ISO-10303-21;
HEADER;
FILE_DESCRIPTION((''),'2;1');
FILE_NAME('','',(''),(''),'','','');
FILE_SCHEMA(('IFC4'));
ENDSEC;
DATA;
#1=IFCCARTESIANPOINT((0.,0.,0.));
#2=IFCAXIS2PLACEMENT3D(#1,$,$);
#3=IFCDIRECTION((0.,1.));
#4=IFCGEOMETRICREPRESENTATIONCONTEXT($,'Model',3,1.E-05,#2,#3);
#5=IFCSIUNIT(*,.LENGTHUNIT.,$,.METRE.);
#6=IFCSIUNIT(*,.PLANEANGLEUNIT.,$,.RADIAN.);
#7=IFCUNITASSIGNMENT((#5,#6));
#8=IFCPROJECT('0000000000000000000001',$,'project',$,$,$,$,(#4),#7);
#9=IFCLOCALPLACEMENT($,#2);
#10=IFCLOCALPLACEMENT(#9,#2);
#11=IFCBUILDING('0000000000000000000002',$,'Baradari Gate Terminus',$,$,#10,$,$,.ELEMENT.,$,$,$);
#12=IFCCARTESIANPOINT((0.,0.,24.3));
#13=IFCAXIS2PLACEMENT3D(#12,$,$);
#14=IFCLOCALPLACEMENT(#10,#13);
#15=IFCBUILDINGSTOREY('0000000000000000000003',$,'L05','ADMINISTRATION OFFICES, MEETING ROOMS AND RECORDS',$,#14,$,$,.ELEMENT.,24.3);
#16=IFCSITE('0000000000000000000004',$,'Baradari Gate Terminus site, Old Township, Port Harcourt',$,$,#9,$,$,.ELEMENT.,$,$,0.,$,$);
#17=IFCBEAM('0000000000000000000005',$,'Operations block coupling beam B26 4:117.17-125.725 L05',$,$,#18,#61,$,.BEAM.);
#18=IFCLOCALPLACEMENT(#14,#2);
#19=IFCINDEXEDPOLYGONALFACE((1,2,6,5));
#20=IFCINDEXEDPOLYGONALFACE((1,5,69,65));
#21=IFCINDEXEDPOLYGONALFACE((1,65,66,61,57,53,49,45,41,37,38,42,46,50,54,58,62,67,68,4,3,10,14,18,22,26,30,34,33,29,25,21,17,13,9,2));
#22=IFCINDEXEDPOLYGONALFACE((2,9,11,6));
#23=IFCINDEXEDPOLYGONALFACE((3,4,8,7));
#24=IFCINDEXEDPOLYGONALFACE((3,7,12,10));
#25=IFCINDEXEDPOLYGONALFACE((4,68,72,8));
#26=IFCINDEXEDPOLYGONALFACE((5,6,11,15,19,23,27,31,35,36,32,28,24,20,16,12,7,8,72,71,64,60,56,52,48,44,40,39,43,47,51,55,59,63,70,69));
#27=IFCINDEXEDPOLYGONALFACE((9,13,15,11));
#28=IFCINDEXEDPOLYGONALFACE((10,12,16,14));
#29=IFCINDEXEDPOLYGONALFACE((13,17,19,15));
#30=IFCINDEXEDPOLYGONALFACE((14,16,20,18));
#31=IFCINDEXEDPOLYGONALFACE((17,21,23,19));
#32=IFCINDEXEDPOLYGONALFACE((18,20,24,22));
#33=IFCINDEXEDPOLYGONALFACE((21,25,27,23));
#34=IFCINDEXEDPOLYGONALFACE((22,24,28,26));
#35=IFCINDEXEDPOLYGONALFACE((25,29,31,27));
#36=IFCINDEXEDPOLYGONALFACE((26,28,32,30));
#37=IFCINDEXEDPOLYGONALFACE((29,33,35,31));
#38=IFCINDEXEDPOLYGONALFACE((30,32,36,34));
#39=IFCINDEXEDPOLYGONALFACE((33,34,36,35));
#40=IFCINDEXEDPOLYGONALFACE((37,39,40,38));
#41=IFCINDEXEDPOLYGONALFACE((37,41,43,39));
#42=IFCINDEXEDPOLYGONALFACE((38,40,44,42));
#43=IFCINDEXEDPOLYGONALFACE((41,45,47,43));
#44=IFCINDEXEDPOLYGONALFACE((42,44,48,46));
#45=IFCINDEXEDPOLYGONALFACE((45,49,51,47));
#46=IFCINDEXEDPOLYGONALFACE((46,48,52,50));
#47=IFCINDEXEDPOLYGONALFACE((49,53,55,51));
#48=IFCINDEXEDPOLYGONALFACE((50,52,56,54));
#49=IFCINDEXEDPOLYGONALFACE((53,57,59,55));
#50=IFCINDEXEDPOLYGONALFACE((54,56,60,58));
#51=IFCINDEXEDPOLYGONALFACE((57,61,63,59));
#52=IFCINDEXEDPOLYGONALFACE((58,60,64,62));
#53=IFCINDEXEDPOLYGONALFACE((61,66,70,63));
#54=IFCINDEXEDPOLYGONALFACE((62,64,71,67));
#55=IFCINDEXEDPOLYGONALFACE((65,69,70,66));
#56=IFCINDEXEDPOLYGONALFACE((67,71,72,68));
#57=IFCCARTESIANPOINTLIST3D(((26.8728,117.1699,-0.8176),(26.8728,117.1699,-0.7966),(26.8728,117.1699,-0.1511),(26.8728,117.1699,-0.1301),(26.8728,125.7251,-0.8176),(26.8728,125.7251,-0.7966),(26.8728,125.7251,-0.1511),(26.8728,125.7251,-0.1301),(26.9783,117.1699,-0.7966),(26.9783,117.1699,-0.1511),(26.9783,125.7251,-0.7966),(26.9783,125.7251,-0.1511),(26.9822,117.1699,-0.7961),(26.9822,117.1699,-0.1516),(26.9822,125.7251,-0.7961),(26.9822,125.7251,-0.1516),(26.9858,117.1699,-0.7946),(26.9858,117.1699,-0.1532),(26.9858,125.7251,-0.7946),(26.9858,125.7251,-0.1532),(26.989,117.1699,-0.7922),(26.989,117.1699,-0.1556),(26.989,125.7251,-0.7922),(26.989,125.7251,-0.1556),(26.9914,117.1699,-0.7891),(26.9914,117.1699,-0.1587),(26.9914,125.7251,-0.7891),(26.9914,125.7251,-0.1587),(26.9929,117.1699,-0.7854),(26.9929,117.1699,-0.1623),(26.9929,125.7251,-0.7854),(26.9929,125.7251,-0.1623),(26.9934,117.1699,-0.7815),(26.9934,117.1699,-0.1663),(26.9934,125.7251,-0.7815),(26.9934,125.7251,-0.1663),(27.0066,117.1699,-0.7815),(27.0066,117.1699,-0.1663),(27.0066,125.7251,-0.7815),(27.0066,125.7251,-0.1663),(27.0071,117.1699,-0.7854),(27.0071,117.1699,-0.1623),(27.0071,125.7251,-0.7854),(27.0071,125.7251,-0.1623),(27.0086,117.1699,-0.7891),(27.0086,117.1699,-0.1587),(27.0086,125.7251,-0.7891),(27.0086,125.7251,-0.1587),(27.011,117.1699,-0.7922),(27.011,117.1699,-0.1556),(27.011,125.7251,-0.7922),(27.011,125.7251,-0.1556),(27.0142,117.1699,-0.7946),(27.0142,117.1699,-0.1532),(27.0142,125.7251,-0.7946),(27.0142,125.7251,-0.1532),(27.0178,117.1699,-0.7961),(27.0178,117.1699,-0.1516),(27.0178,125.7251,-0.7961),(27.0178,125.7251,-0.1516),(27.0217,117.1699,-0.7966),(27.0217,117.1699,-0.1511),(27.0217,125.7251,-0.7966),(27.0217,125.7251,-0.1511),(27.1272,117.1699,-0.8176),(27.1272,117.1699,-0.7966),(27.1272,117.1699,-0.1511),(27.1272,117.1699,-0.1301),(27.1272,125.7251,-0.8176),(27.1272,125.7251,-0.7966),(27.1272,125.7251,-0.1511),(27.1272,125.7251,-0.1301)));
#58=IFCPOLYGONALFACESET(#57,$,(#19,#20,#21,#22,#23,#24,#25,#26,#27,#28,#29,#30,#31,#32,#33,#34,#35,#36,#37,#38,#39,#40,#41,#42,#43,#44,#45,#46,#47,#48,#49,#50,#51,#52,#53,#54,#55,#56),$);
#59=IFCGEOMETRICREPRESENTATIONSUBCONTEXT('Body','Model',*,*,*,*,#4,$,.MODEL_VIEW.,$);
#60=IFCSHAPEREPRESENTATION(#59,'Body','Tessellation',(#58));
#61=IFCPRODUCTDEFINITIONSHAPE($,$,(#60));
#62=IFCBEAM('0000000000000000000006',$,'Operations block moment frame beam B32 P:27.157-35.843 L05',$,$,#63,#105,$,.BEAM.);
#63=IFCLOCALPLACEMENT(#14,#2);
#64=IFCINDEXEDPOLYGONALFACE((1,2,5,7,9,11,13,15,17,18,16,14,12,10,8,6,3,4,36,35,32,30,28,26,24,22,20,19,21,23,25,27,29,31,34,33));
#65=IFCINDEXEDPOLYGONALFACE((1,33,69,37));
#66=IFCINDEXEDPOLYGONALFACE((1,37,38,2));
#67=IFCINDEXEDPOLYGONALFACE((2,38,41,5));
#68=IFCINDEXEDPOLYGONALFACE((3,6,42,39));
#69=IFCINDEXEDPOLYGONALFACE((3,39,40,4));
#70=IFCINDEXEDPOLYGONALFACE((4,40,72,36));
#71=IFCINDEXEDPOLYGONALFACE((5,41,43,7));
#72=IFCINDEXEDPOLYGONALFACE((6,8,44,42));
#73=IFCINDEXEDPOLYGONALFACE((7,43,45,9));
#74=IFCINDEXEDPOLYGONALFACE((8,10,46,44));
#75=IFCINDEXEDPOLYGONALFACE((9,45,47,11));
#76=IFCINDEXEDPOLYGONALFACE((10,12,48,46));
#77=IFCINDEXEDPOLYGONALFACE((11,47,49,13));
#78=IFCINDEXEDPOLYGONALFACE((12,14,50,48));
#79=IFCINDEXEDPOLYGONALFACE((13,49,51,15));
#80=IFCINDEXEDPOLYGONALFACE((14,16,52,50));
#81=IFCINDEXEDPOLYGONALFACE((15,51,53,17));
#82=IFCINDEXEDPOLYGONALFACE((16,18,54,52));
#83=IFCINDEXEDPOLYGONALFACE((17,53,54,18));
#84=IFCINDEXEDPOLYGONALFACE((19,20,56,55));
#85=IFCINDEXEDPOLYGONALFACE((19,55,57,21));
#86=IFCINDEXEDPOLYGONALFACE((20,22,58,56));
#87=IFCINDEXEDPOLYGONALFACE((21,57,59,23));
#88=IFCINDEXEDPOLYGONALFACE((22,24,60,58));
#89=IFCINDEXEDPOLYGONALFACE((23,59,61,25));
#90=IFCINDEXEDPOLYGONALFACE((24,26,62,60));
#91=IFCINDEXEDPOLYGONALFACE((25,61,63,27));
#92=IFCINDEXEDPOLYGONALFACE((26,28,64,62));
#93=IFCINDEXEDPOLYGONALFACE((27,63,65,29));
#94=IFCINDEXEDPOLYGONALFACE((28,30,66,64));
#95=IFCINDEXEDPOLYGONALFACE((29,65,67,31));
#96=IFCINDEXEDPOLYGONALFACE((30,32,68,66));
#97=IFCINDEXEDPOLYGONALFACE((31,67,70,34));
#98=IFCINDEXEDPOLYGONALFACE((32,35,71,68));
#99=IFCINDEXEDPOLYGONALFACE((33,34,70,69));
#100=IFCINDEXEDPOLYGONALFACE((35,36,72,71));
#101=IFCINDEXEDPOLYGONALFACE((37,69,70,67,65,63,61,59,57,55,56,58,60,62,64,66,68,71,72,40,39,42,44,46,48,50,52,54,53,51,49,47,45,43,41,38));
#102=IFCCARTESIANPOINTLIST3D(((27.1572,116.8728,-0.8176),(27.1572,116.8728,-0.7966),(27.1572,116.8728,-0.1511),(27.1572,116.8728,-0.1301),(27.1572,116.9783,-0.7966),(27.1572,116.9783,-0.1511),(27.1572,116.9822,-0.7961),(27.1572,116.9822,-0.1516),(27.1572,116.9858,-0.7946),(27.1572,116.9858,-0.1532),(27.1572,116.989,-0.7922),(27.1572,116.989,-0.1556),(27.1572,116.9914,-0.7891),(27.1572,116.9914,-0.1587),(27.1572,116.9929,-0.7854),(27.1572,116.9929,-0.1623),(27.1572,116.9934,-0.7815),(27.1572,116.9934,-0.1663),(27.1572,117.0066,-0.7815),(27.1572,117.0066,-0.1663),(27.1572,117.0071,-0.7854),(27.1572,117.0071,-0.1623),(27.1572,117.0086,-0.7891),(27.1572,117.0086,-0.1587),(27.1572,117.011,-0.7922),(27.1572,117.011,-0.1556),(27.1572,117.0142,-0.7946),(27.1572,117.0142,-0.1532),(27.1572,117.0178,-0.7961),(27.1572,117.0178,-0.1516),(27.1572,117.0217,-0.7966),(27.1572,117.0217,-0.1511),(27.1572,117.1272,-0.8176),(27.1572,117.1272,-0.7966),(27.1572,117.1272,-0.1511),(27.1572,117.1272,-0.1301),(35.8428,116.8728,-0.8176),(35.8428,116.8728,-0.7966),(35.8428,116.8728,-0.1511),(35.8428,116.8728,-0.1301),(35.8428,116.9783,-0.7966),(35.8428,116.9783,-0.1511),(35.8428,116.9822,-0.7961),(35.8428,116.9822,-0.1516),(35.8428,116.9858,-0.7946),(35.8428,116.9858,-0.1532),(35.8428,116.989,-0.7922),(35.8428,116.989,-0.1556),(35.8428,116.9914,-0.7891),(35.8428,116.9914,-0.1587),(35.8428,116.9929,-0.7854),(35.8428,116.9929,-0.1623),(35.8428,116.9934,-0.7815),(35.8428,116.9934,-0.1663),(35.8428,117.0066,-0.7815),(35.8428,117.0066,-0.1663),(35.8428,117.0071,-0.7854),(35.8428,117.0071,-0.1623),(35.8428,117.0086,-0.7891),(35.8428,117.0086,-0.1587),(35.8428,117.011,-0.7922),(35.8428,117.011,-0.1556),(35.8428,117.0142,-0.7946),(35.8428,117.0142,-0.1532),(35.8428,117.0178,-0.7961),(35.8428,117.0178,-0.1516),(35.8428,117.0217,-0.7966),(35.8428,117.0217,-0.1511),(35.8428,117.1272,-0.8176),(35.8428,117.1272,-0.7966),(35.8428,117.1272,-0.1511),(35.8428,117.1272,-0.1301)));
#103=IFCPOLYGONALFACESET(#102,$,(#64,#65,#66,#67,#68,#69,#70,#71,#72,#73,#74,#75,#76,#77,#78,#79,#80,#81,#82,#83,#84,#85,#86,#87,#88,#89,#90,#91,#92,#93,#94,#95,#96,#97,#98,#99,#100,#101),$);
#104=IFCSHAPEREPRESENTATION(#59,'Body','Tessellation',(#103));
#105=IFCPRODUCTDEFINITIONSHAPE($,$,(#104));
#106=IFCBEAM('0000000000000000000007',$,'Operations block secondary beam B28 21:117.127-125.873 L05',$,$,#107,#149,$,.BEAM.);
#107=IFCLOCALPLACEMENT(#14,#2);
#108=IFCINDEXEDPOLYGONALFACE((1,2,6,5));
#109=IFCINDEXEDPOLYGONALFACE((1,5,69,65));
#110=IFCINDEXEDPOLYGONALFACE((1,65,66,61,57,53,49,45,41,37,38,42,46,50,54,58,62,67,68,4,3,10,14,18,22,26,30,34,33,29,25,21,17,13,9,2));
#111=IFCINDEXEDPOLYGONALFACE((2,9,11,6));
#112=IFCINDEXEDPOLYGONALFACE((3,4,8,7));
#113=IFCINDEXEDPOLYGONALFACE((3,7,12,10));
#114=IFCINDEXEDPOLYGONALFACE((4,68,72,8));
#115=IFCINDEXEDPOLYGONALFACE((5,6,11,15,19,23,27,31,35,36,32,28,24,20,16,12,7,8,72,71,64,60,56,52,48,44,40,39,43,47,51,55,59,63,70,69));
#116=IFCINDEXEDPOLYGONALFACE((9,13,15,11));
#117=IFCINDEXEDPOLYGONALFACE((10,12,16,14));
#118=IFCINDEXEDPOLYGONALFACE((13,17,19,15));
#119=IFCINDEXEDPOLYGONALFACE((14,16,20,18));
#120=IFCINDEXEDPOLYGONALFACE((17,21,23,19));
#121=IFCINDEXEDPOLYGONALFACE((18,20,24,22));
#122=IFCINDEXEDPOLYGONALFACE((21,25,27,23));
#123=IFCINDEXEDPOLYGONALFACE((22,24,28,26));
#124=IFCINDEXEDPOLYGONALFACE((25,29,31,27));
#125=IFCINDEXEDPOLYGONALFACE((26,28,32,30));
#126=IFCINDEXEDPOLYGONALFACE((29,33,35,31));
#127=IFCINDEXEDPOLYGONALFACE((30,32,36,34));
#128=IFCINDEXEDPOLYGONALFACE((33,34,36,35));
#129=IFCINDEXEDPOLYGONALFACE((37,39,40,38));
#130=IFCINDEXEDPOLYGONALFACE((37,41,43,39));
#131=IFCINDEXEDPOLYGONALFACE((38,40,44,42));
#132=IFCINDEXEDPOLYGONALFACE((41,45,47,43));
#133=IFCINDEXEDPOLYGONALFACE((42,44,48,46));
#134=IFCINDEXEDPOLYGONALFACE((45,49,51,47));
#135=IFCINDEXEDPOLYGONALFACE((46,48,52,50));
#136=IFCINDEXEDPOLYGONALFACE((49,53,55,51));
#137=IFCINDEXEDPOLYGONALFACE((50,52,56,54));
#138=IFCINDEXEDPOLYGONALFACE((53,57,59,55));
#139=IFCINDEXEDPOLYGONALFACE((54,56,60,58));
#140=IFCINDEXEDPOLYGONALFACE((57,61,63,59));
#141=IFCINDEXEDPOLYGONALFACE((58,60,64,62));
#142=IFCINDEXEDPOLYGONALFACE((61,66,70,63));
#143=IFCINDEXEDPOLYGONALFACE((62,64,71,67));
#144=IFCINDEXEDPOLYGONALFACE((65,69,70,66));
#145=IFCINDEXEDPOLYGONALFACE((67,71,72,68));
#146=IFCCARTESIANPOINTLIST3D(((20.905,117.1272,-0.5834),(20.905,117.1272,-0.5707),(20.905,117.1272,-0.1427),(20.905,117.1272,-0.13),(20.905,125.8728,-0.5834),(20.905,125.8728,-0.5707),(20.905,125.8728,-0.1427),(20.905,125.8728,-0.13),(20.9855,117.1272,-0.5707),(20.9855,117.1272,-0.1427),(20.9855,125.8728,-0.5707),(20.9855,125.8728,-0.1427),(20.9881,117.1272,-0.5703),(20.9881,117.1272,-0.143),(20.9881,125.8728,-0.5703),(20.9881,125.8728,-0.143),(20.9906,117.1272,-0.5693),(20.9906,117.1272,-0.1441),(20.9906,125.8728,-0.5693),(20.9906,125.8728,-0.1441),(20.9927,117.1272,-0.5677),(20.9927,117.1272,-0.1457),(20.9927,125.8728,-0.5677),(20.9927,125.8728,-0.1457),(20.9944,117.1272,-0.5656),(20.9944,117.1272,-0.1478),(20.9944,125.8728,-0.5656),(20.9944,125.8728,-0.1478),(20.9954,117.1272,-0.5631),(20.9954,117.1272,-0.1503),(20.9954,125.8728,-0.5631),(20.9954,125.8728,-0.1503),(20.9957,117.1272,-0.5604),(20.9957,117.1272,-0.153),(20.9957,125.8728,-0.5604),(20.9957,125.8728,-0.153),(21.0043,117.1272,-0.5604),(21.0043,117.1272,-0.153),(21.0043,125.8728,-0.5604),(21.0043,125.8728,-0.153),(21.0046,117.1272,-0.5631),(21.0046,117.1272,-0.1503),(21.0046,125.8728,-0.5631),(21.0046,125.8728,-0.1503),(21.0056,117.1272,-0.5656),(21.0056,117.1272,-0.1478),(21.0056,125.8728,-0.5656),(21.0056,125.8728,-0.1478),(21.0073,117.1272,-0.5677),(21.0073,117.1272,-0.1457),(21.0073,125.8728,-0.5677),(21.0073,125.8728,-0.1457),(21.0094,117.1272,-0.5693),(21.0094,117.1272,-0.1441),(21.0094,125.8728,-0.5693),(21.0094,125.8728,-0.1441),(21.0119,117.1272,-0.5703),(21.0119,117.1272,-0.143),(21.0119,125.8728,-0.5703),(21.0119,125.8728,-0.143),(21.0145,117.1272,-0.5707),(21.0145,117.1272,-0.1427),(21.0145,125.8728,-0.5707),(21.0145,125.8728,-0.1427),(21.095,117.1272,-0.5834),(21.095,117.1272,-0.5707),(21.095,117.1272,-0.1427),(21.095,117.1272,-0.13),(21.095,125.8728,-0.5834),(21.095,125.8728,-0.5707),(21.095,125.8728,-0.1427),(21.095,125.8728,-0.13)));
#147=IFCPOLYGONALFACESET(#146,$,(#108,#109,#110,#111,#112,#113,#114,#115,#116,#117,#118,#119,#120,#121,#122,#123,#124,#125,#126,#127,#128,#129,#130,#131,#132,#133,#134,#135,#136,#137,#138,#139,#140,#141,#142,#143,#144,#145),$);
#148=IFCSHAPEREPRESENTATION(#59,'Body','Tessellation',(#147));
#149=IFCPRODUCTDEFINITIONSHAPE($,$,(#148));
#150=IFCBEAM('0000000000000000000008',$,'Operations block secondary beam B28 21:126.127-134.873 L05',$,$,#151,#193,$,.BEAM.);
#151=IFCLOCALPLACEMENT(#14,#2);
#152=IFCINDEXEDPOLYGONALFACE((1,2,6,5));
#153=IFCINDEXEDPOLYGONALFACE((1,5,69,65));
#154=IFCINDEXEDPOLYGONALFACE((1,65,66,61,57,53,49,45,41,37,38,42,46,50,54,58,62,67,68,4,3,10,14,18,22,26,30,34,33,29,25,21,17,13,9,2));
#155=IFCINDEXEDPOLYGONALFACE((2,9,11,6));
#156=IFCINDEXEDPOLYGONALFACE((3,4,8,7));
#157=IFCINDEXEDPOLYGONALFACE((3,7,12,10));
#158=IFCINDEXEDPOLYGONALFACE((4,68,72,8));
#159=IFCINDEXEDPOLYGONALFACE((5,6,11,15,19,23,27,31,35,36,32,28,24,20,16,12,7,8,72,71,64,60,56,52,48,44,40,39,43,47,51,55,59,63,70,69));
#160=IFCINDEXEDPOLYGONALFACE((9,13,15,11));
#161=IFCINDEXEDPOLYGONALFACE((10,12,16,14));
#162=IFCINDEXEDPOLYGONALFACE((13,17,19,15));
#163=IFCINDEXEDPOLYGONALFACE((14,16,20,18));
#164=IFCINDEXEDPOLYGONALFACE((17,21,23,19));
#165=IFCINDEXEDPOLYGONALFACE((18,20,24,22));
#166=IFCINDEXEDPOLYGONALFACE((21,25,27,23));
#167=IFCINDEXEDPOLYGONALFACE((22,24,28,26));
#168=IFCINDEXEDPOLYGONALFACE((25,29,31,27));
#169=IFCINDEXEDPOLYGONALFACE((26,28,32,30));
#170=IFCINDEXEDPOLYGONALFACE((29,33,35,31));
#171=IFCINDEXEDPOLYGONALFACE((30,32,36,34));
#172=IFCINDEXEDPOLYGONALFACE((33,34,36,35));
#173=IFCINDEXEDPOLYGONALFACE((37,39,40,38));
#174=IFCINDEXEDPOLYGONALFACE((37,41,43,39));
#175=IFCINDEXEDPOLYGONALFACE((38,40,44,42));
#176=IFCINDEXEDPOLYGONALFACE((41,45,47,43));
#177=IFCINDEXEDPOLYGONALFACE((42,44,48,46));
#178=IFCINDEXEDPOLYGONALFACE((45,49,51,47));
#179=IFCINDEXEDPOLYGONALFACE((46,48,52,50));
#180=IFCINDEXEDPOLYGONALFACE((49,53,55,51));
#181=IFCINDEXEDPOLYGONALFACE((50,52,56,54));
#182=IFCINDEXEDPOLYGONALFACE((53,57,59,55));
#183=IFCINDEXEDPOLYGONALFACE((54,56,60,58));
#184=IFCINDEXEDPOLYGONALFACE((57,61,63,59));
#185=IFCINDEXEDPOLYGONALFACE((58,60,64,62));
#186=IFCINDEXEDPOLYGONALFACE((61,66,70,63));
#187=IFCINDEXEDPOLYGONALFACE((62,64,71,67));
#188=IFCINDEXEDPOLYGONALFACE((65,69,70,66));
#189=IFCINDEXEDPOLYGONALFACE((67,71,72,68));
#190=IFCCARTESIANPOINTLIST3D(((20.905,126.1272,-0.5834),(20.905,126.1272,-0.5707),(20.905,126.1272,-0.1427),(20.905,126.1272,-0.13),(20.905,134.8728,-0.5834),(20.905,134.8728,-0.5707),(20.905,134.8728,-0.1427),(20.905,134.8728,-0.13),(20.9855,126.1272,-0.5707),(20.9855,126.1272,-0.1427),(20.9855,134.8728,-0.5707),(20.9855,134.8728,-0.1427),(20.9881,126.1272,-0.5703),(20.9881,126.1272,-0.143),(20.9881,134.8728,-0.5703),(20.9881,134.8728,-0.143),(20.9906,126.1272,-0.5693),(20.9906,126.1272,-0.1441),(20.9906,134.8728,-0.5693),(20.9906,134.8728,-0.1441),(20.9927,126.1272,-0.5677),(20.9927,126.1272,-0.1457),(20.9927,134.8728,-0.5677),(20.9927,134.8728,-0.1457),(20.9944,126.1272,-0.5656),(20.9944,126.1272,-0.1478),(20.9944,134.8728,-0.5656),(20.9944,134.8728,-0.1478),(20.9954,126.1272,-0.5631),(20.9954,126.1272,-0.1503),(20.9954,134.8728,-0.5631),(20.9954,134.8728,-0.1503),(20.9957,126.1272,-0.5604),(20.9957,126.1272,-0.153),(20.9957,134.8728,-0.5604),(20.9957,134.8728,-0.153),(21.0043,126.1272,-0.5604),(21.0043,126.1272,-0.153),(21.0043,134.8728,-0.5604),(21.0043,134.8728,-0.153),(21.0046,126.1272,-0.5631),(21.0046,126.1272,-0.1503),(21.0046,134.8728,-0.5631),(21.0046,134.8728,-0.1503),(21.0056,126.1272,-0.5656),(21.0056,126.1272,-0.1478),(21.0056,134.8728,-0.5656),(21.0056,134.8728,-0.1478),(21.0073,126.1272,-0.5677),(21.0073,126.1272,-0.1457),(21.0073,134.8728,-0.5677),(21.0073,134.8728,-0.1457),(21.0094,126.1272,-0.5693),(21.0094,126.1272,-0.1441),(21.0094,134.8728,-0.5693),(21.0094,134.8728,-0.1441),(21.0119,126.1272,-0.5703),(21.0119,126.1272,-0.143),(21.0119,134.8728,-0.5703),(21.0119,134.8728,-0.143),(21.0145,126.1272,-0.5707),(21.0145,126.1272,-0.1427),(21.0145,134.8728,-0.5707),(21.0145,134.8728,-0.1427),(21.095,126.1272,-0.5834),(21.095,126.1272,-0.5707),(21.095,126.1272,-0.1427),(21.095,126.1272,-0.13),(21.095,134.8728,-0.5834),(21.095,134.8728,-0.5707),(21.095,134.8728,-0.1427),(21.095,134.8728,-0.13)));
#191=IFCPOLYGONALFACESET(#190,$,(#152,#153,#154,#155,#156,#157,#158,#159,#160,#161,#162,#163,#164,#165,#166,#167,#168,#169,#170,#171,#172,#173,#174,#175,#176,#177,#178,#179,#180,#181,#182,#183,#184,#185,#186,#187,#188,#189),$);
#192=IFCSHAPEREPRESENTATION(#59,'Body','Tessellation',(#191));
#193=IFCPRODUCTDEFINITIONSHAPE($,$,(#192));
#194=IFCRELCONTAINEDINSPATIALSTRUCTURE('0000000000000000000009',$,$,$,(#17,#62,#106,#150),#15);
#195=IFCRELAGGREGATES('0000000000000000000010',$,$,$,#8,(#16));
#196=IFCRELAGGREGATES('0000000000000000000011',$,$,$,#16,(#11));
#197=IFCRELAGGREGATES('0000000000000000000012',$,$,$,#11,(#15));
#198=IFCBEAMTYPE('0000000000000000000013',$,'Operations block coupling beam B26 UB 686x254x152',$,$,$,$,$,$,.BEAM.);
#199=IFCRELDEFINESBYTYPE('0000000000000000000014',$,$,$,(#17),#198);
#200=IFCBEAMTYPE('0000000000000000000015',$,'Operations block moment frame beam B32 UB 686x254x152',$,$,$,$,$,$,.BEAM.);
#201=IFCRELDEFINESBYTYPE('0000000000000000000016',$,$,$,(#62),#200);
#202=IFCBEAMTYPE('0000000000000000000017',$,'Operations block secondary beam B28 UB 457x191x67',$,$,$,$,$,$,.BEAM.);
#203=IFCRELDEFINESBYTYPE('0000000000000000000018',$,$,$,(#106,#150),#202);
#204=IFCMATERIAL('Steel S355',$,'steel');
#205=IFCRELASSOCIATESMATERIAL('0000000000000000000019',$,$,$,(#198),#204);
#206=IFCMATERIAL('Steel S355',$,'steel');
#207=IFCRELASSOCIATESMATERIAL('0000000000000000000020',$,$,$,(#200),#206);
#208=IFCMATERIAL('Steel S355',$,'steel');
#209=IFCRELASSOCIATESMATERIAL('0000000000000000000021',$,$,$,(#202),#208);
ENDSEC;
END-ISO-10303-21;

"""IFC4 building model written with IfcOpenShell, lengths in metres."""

from ifc_helpers import new_model, si_unit, direction, frame, origin, origin_2d, place, context, subcontext, project, spatial, i_section, extrude, material, material_profile, profile_set, type_object, element, save


model = new_model("IFC4")

# Units and contexts
model_context = context("Model", 3, precision=1e-05, world=origin(), true_north=direction((0.0, 1.0)))
body_context = subcontext(model_context, "Body", "Model", "MODEL_VIEW")
ifc_project = project(units=[si_unit("LENGTHUNIT", "METRE"), si_unit("PLANEANGLEUNIT", "RADIAN")], contexts=[model_context])

# Site, building, storey
site_placement = place(None, origin())
site = spatial("IfcSite", under=ifc_project, at=site_placement, Name="Baradari Gate Terminus site, Old Township, Port Harcourt", CompositionType="ELEMENT", RefElevation=0.0)
building_placement = place(site_placement, origin())
building = spatial("IfcBuilding", under=site, at=building_placement, Name="Baradari Gate Terminus", CompositionType="ELEMENT")
storey_placement = place(building_placement, frame((0.0, 0.0, 24.3)))
storey = spatial("IfcBuildingStorey", under=building, at=storey_placement, Name="L05", Description="ADMINISTRATION OFFICES, MEETING ROOMS AND RECORDS", CompositionType="ELEMENT", Elevation=24.3)

# Beams
ifc_material_1 = material(Name="Steel S355", Category="steel")
ifc_material_profile_1 = material_profile(ifc_material_1, i_section(OverallWidth=0.2544, OverallDepth=0.6875, WebThickness=0.0132, FlangeThickness=0.021, FilletRadius=0.0151, at=origin_2d()), Name="UB 686x254x152")
ifc_profile_set_1 = profile_set([ifc_material_profile_1], Name="Steel S355")
beam_type_1 = type_object("IfcBeamType", Name="Operations block coupling beam B26 UB 686x254x152", PredefinedType="BEAM", material=ifc_profile_set_1)
beam_1_placement = place(storey_placement, frame((27.0, 117.1699, -0.4739), z_axis=(0.0, 1.0, 0.0), x_axis=(-1.0, 0.0, 0.0)))
element("IfcBeam", 1, at=beam_1_placement, inside=storey, type_object=beam_type_1, Name="Operations block coupling beam B26 4:117.17-125.725 L05", PredefinedType="BEAM", context=body_context, shape_type="SweptSolid", body=[
    extrude(i_section(OverallWidth=0.2544, OverallDepth=0.6875, WebThickness=0.0132, FlangeThickness=0.021, FilletRadius=0.0151, at=origin_2d()), origin(), (0.0, 0.0, 1.0), 8.5552),
])
ifc_material_2 = material(Name="Steel S355", Category="steel")
ifc_material_profile_2 = material_profile(ifc_material_2, i_section(OverallWidth=0.2544, OverallDepth=0.6875, WebThickness=0.0132, FlangeThickness=0.021, FilletRadius=0.0151, at=origin_2d()), Name="UB 686x254x152")
ifc_profile_set_2 = profile_set([ifc_material_profile_2], Name="Steel S355")
beam_type_2 = type_object("IfcBeamType", Name="Operations block moment frame beam B32 UB 686x254x152", PredefinedType="BEAM", material=ifc_profile_set_2)
beam_2_placement = place(storey_placement, frame((27.1572, 117.0, -0.4739), z_axis=(1.0, 0.0, 0.0), x_axis=(0.0, 1.0, 0.0)))
element("IfcBeam", 2, at=beam_2_placement, inside=storey, type_object=beam_type_2, Name="Operations block moment frame beam B32 P:27.157-35.843 L05", PredefinedType="BEAM", context=body_context, shape_type="SweptSolid", body=[
    extrude(i_section(OverallWidth=0.2544, OverallDepth=0.6875, WebThickness=0.0132, FlangeThickness=0.021, FilletRadius=0.0151, at=origin_2d()), origin(), (0.0, 0.0, 1.0), 8.6855),
])
ifc_material_3 = material(Name="Steel S355", Category="steel")
ifc_material_profile_3 = material_profile(ifc_material_3, i_section(OverallWidth=0.1899, OverallDepth=0.4534, WebThickness=0.0085, FlangeThickness=0.0127, FilletRadius=0.0103, at=origin_2d()), Name="UB 457x191x67")
ifc_profile_set_3 = profile_set([ifc_material_profile_3], Name="Steel S355")
beam_type_3 = type_object("IfcBeamType", Name="Operations block secondary beam B28 UB 457x191x67", PredefinedType="BEAM", material=ifc_profile_set_3)
for number, where, z_axis, x_axis, name in (
    (3, (21.0, 117.1272, -0.3567), (0.0, 1.0, 0.0), (-1.0, 0.0, 0.0), "Operations block secondary beam B28 21:117.127-125.873 L05"),
    (4, (21.0, 126.1272, -0.3567), (0.0, 1.0, 0.0), (-1.0, 0.0, 0.0), "Operations block secondary beam B28 21:126.127-134.873 L05"),
):
    element("IfcBeam", number, at=place(storey_placement, frame(where, z_axis=z_axis, x_axis=x_axis)), inside=storey, type_object=beam_type_3, Name=name, PredefinedType="BEAM", context=body_context, shape_type="SweptSolid", body=[
        extrude(i_section(OverallWidth=0.1899, OverallDepth=0.4534, WebThickness=0.0085, FlangeThickness=0.0127, FilletRadius=0.0103, at=origin_2d()), origin(), (0.0, 0.0, 1.0), 8.7456),
    ])

save(model, "model.ifc")
